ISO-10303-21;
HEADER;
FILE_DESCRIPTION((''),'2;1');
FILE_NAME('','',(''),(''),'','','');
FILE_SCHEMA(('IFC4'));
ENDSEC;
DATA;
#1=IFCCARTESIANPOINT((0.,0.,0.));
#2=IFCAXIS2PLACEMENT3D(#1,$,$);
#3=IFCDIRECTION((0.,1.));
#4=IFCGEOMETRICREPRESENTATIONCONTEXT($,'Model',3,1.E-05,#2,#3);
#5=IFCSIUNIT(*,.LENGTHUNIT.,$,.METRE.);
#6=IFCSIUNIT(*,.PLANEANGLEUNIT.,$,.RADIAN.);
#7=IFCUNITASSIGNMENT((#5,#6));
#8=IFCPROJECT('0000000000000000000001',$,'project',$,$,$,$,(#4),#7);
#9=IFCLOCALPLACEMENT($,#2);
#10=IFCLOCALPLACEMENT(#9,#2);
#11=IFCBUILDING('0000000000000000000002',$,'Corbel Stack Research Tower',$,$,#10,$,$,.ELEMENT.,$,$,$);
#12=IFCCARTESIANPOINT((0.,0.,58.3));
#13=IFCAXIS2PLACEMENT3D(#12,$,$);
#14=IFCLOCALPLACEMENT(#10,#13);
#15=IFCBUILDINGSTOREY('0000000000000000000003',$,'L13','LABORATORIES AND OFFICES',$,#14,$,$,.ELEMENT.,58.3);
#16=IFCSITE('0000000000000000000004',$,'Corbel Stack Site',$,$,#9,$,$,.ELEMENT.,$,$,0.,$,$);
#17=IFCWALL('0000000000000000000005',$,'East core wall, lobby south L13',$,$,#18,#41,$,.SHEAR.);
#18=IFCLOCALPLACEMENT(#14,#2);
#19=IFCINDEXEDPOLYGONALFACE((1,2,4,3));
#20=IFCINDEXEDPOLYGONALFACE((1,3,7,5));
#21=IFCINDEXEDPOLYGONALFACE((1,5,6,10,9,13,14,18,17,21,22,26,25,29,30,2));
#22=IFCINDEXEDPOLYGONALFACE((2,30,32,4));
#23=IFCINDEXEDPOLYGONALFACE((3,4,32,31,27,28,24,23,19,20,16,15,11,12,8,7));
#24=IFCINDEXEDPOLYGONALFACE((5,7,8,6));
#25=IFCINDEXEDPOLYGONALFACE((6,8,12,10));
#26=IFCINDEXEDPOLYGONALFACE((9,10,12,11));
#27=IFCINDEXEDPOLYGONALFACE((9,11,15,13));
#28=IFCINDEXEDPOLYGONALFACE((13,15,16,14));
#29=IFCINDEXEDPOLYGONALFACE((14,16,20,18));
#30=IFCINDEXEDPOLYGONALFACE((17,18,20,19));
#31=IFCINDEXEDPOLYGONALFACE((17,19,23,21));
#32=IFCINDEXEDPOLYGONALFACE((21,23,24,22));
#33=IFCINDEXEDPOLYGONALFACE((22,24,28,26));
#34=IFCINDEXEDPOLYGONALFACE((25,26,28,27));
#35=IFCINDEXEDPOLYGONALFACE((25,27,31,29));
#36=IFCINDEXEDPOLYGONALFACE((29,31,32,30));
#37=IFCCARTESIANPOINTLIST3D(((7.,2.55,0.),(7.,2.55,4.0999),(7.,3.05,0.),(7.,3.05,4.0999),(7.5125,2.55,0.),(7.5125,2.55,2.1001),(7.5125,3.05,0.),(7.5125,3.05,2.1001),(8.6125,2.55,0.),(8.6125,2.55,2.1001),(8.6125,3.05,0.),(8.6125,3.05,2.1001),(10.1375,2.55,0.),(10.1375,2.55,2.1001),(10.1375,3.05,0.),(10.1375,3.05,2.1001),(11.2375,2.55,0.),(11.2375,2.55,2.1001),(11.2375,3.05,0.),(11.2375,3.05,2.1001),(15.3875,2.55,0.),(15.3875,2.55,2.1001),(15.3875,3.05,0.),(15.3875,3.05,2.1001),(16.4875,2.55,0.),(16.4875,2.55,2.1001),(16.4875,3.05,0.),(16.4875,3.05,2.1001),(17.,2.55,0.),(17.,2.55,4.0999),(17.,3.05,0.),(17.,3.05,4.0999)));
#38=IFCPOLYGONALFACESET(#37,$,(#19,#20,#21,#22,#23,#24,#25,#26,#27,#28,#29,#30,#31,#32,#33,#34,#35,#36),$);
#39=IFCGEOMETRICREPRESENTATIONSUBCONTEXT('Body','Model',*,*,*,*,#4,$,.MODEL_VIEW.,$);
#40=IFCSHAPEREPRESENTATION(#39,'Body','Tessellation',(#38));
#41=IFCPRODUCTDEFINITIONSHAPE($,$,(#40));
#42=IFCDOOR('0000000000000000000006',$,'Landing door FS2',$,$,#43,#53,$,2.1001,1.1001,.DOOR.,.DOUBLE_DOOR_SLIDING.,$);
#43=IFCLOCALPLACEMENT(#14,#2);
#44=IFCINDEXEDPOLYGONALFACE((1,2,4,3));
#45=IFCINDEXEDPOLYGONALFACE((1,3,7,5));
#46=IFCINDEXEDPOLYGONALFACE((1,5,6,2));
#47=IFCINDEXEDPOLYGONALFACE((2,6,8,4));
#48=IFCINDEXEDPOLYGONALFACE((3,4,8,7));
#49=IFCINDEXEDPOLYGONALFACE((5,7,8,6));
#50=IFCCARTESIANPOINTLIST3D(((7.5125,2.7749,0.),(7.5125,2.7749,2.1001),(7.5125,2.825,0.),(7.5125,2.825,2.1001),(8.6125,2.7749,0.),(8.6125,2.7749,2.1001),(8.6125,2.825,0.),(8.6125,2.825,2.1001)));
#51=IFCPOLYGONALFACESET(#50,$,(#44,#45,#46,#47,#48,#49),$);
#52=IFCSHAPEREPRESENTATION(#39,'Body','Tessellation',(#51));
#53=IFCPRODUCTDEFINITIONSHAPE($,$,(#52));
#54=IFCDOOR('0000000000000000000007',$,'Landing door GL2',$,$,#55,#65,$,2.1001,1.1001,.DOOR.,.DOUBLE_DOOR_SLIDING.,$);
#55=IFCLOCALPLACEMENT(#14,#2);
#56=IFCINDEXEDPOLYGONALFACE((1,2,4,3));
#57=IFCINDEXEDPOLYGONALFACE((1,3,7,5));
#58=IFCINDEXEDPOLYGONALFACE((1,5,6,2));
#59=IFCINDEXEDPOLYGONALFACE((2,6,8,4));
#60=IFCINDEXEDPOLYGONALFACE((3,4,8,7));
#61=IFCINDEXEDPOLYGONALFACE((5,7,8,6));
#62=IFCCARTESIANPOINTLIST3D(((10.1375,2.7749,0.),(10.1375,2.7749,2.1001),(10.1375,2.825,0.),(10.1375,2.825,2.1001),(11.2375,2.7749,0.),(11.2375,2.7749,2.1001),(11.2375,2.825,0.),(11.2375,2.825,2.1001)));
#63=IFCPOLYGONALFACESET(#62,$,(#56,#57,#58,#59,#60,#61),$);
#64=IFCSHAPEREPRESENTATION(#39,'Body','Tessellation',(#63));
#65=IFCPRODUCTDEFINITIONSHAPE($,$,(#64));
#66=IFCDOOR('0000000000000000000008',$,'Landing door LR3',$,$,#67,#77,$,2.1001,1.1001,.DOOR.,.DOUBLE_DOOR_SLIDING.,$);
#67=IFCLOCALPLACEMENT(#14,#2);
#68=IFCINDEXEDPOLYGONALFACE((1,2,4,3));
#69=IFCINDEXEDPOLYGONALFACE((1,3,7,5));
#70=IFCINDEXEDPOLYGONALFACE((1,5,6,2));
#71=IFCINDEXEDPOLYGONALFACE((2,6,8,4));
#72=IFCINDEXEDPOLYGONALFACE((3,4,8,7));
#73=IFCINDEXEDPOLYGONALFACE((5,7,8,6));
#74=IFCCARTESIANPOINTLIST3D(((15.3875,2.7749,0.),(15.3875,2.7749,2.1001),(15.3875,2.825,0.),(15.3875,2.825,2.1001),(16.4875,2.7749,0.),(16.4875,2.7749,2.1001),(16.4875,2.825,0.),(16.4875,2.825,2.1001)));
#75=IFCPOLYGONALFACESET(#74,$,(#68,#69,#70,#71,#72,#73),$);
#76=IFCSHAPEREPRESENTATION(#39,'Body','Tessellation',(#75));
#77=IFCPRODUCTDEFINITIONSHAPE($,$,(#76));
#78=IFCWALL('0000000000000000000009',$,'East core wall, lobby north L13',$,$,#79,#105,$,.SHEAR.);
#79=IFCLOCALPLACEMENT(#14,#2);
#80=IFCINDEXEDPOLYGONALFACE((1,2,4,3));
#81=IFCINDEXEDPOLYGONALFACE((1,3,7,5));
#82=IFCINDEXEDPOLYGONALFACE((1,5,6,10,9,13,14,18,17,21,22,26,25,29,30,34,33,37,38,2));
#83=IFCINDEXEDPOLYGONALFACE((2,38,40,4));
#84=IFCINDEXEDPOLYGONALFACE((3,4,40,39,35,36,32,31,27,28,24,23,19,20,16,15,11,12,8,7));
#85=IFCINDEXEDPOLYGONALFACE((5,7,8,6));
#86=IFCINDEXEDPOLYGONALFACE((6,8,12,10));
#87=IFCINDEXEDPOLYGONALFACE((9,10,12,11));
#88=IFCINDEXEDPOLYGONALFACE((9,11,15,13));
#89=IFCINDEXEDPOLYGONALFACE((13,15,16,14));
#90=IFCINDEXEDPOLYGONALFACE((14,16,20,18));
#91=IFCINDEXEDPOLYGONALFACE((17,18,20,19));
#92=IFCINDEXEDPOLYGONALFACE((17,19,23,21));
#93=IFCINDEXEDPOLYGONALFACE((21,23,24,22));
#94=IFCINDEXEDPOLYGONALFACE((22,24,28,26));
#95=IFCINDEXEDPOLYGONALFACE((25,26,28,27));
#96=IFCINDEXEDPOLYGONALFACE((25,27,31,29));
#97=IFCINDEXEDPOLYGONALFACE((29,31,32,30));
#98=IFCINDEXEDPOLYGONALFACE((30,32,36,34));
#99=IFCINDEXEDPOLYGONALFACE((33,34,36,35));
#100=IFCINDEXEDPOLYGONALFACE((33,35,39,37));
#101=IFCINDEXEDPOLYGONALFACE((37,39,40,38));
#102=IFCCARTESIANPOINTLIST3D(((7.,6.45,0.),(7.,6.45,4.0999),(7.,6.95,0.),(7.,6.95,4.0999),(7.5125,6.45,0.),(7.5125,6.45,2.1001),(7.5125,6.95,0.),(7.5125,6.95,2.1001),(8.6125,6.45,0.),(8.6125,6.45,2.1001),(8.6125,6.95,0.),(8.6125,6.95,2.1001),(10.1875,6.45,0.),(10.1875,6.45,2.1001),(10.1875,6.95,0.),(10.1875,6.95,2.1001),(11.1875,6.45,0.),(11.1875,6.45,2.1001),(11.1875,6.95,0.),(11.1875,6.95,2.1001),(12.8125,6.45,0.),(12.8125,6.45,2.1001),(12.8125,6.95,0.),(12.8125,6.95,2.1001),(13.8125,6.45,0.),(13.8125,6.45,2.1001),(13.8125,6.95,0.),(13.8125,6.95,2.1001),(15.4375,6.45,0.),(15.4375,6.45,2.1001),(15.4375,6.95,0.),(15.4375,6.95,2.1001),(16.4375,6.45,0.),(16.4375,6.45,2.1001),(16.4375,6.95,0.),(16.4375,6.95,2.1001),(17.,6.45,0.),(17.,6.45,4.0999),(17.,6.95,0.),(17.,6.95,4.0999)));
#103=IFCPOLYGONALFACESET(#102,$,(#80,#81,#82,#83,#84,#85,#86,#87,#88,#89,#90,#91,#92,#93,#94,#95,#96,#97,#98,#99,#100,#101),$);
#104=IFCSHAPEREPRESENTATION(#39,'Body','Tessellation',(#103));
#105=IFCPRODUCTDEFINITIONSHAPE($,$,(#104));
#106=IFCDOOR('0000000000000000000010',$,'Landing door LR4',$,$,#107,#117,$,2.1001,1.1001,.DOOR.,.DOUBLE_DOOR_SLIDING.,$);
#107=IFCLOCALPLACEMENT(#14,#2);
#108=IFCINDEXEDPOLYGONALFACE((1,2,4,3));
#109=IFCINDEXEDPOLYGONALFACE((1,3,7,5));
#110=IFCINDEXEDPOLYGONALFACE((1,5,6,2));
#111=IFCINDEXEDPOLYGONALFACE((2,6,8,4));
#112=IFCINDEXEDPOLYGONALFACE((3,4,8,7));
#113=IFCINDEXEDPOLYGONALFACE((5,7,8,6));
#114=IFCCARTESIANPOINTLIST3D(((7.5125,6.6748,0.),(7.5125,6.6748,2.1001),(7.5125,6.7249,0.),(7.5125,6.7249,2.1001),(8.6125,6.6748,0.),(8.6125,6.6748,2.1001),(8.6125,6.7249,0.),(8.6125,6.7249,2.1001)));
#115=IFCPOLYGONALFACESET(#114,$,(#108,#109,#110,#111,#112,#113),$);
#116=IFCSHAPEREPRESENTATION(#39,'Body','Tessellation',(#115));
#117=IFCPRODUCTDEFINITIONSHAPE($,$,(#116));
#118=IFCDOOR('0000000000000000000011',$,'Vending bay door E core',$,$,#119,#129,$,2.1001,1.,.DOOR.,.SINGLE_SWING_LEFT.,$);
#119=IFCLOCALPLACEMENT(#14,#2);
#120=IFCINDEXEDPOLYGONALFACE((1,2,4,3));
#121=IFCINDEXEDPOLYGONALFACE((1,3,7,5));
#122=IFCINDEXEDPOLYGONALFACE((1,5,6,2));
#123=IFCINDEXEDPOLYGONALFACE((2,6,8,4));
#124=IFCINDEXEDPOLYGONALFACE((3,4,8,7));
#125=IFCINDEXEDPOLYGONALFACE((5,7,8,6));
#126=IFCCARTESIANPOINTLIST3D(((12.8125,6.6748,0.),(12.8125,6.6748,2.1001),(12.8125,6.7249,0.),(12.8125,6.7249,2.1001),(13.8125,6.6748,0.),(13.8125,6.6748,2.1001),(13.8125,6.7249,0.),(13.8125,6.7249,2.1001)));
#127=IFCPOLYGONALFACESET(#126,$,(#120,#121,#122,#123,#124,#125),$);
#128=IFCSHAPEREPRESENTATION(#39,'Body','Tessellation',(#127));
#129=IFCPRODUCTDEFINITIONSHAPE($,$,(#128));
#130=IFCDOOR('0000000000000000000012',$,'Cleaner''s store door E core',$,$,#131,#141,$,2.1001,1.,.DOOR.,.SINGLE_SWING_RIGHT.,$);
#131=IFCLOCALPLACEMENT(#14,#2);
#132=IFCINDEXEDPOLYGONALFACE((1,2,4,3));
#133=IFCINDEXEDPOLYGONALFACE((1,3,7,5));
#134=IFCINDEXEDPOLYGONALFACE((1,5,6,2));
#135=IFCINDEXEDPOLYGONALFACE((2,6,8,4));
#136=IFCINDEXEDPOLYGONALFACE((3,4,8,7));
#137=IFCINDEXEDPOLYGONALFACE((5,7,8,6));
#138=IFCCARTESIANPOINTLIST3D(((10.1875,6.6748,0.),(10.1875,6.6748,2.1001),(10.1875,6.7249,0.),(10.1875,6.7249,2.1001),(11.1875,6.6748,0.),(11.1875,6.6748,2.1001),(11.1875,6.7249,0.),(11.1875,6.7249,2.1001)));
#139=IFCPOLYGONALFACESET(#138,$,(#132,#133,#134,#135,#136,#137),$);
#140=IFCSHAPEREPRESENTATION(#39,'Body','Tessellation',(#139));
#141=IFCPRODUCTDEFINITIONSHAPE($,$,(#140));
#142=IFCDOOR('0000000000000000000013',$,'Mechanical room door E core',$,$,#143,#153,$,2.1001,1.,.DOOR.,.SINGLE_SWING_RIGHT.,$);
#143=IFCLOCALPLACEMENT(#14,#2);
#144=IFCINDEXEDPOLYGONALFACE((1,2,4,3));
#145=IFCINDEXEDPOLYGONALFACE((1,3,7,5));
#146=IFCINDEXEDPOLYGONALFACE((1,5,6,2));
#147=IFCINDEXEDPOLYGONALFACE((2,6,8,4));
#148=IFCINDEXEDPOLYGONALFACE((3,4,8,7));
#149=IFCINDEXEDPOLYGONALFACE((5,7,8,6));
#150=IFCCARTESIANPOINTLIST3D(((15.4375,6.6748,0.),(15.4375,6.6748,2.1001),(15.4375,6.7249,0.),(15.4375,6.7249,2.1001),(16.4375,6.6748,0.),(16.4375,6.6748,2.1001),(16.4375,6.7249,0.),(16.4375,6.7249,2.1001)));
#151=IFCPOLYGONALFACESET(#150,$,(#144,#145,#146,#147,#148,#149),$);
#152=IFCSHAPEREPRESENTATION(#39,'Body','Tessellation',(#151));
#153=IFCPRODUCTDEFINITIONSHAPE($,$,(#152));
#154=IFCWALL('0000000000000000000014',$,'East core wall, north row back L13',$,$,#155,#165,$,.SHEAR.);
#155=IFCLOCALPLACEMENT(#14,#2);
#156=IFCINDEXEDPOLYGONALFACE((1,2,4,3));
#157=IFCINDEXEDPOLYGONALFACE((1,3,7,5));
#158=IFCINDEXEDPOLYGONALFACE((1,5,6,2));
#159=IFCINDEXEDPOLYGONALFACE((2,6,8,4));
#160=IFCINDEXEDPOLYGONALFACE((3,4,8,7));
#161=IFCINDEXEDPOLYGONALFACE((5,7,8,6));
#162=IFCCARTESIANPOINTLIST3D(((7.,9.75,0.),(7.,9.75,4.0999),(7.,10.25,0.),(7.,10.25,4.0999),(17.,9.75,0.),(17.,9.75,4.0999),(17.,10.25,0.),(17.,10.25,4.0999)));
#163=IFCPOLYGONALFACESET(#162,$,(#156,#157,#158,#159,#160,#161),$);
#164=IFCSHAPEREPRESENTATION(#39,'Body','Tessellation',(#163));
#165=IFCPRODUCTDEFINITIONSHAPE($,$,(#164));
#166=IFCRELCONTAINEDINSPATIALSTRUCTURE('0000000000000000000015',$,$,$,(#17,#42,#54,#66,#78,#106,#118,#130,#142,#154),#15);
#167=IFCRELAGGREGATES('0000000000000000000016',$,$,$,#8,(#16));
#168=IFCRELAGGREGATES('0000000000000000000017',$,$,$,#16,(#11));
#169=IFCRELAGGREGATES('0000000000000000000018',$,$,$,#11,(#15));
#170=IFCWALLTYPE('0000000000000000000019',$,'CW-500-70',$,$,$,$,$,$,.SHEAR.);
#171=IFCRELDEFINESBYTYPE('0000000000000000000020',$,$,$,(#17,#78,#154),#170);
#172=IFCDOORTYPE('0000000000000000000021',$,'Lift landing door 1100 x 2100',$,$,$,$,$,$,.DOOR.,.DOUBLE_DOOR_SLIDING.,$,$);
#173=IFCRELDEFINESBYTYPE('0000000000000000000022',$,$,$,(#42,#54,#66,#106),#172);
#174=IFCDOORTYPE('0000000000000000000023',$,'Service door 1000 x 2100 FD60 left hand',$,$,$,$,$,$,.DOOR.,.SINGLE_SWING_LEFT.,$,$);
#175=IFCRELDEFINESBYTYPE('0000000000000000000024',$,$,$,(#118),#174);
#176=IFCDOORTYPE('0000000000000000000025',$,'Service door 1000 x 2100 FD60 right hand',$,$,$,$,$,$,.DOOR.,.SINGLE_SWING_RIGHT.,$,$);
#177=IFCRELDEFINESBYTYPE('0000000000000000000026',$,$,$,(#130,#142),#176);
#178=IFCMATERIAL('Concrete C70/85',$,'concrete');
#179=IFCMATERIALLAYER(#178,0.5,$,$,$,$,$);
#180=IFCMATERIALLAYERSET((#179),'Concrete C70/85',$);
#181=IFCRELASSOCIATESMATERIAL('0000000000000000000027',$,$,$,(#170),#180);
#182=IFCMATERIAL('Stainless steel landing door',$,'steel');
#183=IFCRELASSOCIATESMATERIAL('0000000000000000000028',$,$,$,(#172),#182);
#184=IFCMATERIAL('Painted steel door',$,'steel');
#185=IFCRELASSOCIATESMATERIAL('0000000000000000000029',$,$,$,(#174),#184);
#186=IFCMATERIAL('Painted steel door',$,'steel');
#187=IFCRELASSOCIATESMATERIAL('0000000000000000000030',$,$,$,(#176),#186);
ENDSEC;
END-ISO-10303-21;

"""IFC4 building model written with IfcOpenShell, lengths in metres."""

from ifc_helpers import new_model, si_unit, direction, frame, frame_2d, origin, place, context, subcontext, project, spatial, rectangle, extrude, material, layer, layer_set, type_object, element, fill, save


model = new_model("IFC4")

# Units and contexts
model_context = context("Model", 3, precision=1e-05, world=origin(), true_north=direction((0.0, 1.0)))
body_context = subcontext(model_context, "Body", "Model", "MODEL_VIEW")
ifc_project = project(units=[si_unit("LENGTHUNIT", "METRE"), si_unit("PLANEANGLEUNIT", "RADIAN")], contexts=[model_context])

# Site, building, storey
site_placement = place(None, origin())
site = spatial("IfcSite", under=ifc_project, at=site_placement, Name="Corbel Stack Site", CompositionType="ELEMENT", RefElevation=0.0)
building_placement = place(site_placement, origin())
building = spatial("IfcBuilding", under=site, at=building_placement, Name="Corbel Stack Research Tower", CompositionType="ELEMENT")
storey_placement = place(building_placement, frame((0.0, 0.0, 58.3)))
storey = spatial("IfcBuildingStorey", under=building, at=storey_placement, Name="L13", Description="LABORATORIES AND OFFICES", CompositionType="ELEMENT", Elevation=58.3)

# Walls, openings, doors
ifc_material_1 = material(Name="Concrete C70/85", Category="concrete")
ifc_layer_1 = layer(ifc_material_1, 0.5)
ifc_layer_set_1 = layer_set([ifc_layer_1], Name="Concrete C70/85")
wall_type_1 = type_object("IfcWallType", Name="CW-500-70", PredefinedType="SHEAR", material=ifc_layer_set_1)
wall_1_placement = place(storey_placement, frame((7.0, 2.8, 0.0), z_axis=(0.0, 0.0, 1.0), x_axis=(1.0, 0.0, 0.0)))
wall_1 = element("IfcWall", 1, at=wall_1_placement, inside=storey, type_object=wall_type_1, Name="East core wall, lobby south L13", PredefinedType="SHEAR", context=body_context, shape_type="SweptSolid", body=[
    extrude(rectangle(XDim=10.0, YDim=0.5, at=frame_2d((5.0, 0.0))), origin(), (0.0, 0.0, 1.0), 4.0999),
])
opening_1_placement = place(wall_1_placement, frame((0.5125, 0.0, 0.0)))
opening_1 = element("IfcOpeningElement", 2, at=opening_1_placement, cuts=wall_1, PredefinedType="OPENING", context=body_context, shape_type="SweptSolid", body=[
    extrude(rectangle(XDim=1.1001, YDim=2.1001, at=frame_2d((0.55, 1.05))), frame((0.0, 0.26, 0.0), z_axis=(0.0, -1.0, 0.0), x_axis=(1.0, 0.0, 0.0)), (0.0, 0.0, 1.0), 0.52),
])
opening_2_placement = place(wall_1_placement, frame((3.1375, 0.0, 0.0)))
opening_2 = element("IfcOpeningElement", 3, at=opening_2_placement, cuts=wall_1, PredefinedType="OPENING", context=body_context, shape_type="SweptSolid", body=[
    extrude(rectangle(XDim=1.1001, YDim=2.1001, at=frame_2d((0.55, 1.05))), frame((0.0, 0.26, 0.0), z_axis=(0.0, -1.0, 0.0), x_axis=(1.0, 0.0, 0.0)), (0.0, 0.0, 1.0), 0.52),
])
opening_3_placement = place(wall_1_placement, frame((8.3875, 0.0, 0.0)))
opening_3 = element("IfcOpeningElement", 4, at=opening_3_placement, cuts=wall_1, PredefinedType="OPENING", context=body_context, shape_type="SweptSolid", body=[
    extrude(rectangle(XDim=1.1001, YDim=2.1001, at=frame_2d((0.55, 1.05))), frame((0.0, 0.26, 0.0), z_axis=(0.0, -1.0, 0.0), x_axis=(1.0, 0.0, 0.0)), (0.0, 0.0, 1.0), 0.52),
])
ifc_material_2 = material(Name="Stainless steel landing door", Category="steel")
door_type_1 = type_object("IfcDoorType", Name="Lift landing door 1100 x 2100", OperationType="DOUBLE_DOOR_SLIDING", PredefinedType="DOOR", material=ifc_material_2)
door_1_placement = place(opening_1_placement, origin())
door_1 = element("IfcDoor", 5, at=door_1_placement, inside=storey, type_object=door_type_1, Name="Landing door FS2", OperationType="DOUBLE_DOOR_SLIDING", OverallHeight=2.1001, OverallWidth=1.1001, PredefinedType="DOOR", context=body_context, shape_type="SweptSolid", body=[
    extrude(rectangle(XDim=1.1001, YDim=2.1001, at=frame_2d((0.55, 1.05))), frame((0.0, 0.0249, 0.0), z_axis=(0.0, -1.0, 0.0), x_axis=(1.0, 0.0, 0.0)), (0.0, 0.0, 1.0), 0.05),
])
fill(opening_1, door_1)
door_2_placement = place(opening_2_placement, origin())
door_2 = element("IfcDoor", 6, at=door_2_placement, inside=storey, type_object=door_type_1, Name="Landing door GL2", OperationType="DOUBLE_DOOR_SLIDING", OverallHeight=2.1001, OverallWidth=1.1001, PredefinedType="DOOR", context=body_context, shape_type="SweptSolid", body=[
    extrude(rectangle(XDim=1.1001, YDim=2.1001, at=frame_2d((0.55, 1.05))), frame((0.0, 0.0249, 0.0), z_axis=(0.0, -1.0, 0.0), x_axis=(1.0, 0.0, 0.0)), (0.0, 0.0, 1.0), 0.05),
])
fill(opening_2, door_2)
door_3_placement = place(opening_3_placement, origin())
door_3 = element("IfcDoor", 7, at=door_3_placement, inside=storey, type_object=door_type_1, Name="Landing door LR3", OperationType="DOUBLE_DOOR_SLIDING", OverallHeight=2.1001, OverallWidth=1.1001, PredefinedType="DOOR", context=body_context, shape_type="SweptSolid", body=[
    extrude(rectangle(XDim=1.1001, YDim=2.1001, at=frame_2d((0.55, 1.05))), frame((0.0, 0.0249, 0.0), z_axis=(0.0, -1.0, 0.0), x_axis=(1.0, 0.0, 0.0)), (0.0, 0.0, 1.0), 0.05),
])
fill(opening_3, door_3)
wall_2_placement = place(storey_placement, frame((7.0, 6.7, 0.0), z_axis=(0.0, 0.0, 1.0), x_axis=(1.0, 0.0, 0.0)))
wall_2 = element("IfcWall", 8, at=wall_2_placement, inside=storey, type_object=wall_type_1, Name="East core wall, lobby north L13", PredefinedType="SHEAR", context=body_context, shape_type="SweptSolid", body=[
    extrude(rectangle(XDim=10.0, YDim=0.5, at=frame_2d((5.0, 0.0))), origin(), (0.0, 0.0, 1.0), 4.0999),
])
opening_4_placement = place(wall_2_placement, frame((0.5125, 0.0, 0.0)))
opening_4 = element("IfcOpeningElement", 9, at=opening_4_placement, cuts=wall_2, PredefinedType="OPENING", context=body_context, shape_type="SweptSolid", body=[
    extrude(rectangle(XDim=1.1001, YDim=2.1001, at=frame_2d((0.55, 1.05))), frame((0.0, 0.26, 0.0), z_axis=(0.0, -1.0, 0.0), x_axis=(1.0, 0.0, 0.0)), (0.0, 0.0, 1.0), 0.52),
])
opening_5_placement = place(wall_2_placement, frame((3.1875, 0.0, 0.0)))
opening_5 = element("IfcOpeningElement", 10, at=opening_5_placement, cuts=wall_2, PredefinedType="OPENING", context=body_context, shape_type="SweptSolid", body=[
    extrude(rectangle(XDim=1.0, YDim=2.1001, at=frame_2d((0.5, 1.05))), frame((0.0, 0.26, 0.0), z_axis=(0.0, -1.0, 0.0), x_axis=(1.0, 0.0, 0.0)), (0.0, 0.0, 1.0), 0.52),
])
opening_6_placement = place(wall_2_placement, frame((5.8125, 0.0, 0.0)))
opening_6 = element("IfcOpeningElement", 11, at=opening_6_placement, cuts=wall_2, PredefinedType="OPENING", context=body_context, shape_type="SweptSolid", body=[
    extrude(rectangle(XDim=1.0, YDim=2.1001, at=frame_2d((0.5, 1.05))), frame((0.0, 0.26, 0.0), z_axis=(0.0, -1.0, 0.0), x_axis=(1.0, 0.0, 0.0)), (0.0, 0.0, 1.0), 0.52),
])
opening_7_placement = place(wall_2_placement, frame((8.4375, 0.0, 0.0)))
opening_7 = element("IfcOpeningElement", 12, at=opening_7_placement, cuts=wall_2, PredefinedType="OPENING", context=body_context, shape_type="SweptSolid", body=[
    extrude(rectangle(XDim=1.0, YDim=2.1001, at=frame_2d((0.5, 1.05))), frame((0.0, 0.26, 0.0), z_axis=(0.0, -1.0, 0.0), x_axis=(1.0, 0.0, 0.0)), (0.0, 0.0, 1.0), 0.52),
])
door_4_placement = place(opening_4_placement, origin())
door_4 = element("IfcDoor", 13, at=door_4_placement, inside=storey, type_object=door_type_1, Name="Landing door LR4", OperationType="DOUBLE_DOOR_SLIDING", OverallHeight=2.1001, OverallWidth=1.1001, PredefinedType="DOOR", context=body_context, shape_type="SweptSolid", body=[
    extrude(rectangle(XDim=1.1001, YDim=2.1001, at=frame_2d((0.55, 1.05))), frame((0.0, 0.0249, 0.0), z_axis=(0.0, -1.0, 0.0), x_axis=(1.0, 0.0, 0.0)), (0.0, 0.0, 1.0), 0.05),
])
fill(opening_4, door_4)
ifc_material_3 = material(Name="Painted steel door", Category="steel")
door_type_2 = type_object("IfcDoorType", Name="Service door 1000 x 2100 FD60 left hand", OperationType="SINGLE_SWING_LEFT", PredefinedType="DOOR", material=ifc_material_3)
door_5_placement = place(opening_6_placement, origin())
door_5 = element("IfcDoor", 14, at=door_5_placement, inside=storey, type_object=door_type_2, Name="Vending bay door E core", OperationType="SINGLE_SWING_LEFT", OverallHeight=2.1001, OverallWidth=1.0, PredefinedType="DOOR", context=body_context, shape_type="SweptSolid", body=[
    extrude(rectangle(XDim=1.0, YDim=2.1001, at=frame_2d((0.5, 1.05))), frame((0.0, 0.0249, 0.0), z_axis=(0.0, -1.0, 0.0), x_axis=(1.0, 0.0, 0.0)), (0.0, 0.0, 1.0), 0.05),
])
fill(opening_6, door_5)
ifc_material_4 = material(Name="Painted steel door", Category="steel")
door_type_3 = type_object("IfcDoorType", Name="Service door 1000 x 2100 FD60 right hand", OperationType="SINGLE_SWING_RIGHT", PredefinedType="DOOR", material=ifc_material_4)
door_6_placement = place(opening_5_placement, origin())
door_6 = element("IfcDoor", 15, at=door_6_placement, inside=storey, type_object=door_type_3, Name="Cleaner's store door E core", OperationType="SINGLE_SWING_RIGHT", OverallHeight=2.1001, OverallWidth=1.0, PredefinedType="DOOR", context=body_context, shape_type="SweptSolid", body=[
    extrude(rectangle(XDim=1.0, YDim=2.1001, at=frame_2d((0.5, 1.05))), frame((0.0, 0.0249, 0.0), z_axis=(0.0, -1.0, 0.0), x_axis=(1.0, 0.0, 0.0)), (0.0, 0.0, 1.0), 0.05),
])
fill(opening_5, door_6)
door_7_placement = place(opening_7_placement, origin())
door_7 = element("IfcDoor", 16, at=door_7_placement, inside=storey, type_object=door_type_3, Name="Mechanical room door E core", OperationType="SINGLE_SWING_RIGHT", OverallHeight=2.1001, OverallWidth=1.0, PredefinedType="DOOR", context=body_context, shape_type="SweptSolid", body=[
    extrude(rectangle(XDim=1.0, YDim=2.1001, at=frame_2d((0.5, 1.05))), frame((0.0, 0.0249, 0.0), z_axis=(0.0, -1.0, 0.0), x_axis=(1.0, 0.0, 0.0)), (0.0, 0.0, 1.0), 0.05),
])
fill(opening_7, door_7)

# Wall
wall_3_placement = place(storey_placement, frame((7.0, 10.0, 0.0), z_axis=(0.0, 0.0, 1.0), x_axis=(1.0, 0.0, 0.0)))
element("IfcWall", 17, at=wall_3_placement, inside=storey, type_object=wall_type_1, Name="East core wall, north row back L13", PredefinedType="SHEAR", context=body_context, shape_type="SweptSolid", body=[
    extrude(rectangle(XDim=10.0, YDim=0.5, at=frame_2d((5.0, 0.0))), origin(), (0.0, 0.0, 1.0), 4.0999),
])

save(model, "model.ifc")
